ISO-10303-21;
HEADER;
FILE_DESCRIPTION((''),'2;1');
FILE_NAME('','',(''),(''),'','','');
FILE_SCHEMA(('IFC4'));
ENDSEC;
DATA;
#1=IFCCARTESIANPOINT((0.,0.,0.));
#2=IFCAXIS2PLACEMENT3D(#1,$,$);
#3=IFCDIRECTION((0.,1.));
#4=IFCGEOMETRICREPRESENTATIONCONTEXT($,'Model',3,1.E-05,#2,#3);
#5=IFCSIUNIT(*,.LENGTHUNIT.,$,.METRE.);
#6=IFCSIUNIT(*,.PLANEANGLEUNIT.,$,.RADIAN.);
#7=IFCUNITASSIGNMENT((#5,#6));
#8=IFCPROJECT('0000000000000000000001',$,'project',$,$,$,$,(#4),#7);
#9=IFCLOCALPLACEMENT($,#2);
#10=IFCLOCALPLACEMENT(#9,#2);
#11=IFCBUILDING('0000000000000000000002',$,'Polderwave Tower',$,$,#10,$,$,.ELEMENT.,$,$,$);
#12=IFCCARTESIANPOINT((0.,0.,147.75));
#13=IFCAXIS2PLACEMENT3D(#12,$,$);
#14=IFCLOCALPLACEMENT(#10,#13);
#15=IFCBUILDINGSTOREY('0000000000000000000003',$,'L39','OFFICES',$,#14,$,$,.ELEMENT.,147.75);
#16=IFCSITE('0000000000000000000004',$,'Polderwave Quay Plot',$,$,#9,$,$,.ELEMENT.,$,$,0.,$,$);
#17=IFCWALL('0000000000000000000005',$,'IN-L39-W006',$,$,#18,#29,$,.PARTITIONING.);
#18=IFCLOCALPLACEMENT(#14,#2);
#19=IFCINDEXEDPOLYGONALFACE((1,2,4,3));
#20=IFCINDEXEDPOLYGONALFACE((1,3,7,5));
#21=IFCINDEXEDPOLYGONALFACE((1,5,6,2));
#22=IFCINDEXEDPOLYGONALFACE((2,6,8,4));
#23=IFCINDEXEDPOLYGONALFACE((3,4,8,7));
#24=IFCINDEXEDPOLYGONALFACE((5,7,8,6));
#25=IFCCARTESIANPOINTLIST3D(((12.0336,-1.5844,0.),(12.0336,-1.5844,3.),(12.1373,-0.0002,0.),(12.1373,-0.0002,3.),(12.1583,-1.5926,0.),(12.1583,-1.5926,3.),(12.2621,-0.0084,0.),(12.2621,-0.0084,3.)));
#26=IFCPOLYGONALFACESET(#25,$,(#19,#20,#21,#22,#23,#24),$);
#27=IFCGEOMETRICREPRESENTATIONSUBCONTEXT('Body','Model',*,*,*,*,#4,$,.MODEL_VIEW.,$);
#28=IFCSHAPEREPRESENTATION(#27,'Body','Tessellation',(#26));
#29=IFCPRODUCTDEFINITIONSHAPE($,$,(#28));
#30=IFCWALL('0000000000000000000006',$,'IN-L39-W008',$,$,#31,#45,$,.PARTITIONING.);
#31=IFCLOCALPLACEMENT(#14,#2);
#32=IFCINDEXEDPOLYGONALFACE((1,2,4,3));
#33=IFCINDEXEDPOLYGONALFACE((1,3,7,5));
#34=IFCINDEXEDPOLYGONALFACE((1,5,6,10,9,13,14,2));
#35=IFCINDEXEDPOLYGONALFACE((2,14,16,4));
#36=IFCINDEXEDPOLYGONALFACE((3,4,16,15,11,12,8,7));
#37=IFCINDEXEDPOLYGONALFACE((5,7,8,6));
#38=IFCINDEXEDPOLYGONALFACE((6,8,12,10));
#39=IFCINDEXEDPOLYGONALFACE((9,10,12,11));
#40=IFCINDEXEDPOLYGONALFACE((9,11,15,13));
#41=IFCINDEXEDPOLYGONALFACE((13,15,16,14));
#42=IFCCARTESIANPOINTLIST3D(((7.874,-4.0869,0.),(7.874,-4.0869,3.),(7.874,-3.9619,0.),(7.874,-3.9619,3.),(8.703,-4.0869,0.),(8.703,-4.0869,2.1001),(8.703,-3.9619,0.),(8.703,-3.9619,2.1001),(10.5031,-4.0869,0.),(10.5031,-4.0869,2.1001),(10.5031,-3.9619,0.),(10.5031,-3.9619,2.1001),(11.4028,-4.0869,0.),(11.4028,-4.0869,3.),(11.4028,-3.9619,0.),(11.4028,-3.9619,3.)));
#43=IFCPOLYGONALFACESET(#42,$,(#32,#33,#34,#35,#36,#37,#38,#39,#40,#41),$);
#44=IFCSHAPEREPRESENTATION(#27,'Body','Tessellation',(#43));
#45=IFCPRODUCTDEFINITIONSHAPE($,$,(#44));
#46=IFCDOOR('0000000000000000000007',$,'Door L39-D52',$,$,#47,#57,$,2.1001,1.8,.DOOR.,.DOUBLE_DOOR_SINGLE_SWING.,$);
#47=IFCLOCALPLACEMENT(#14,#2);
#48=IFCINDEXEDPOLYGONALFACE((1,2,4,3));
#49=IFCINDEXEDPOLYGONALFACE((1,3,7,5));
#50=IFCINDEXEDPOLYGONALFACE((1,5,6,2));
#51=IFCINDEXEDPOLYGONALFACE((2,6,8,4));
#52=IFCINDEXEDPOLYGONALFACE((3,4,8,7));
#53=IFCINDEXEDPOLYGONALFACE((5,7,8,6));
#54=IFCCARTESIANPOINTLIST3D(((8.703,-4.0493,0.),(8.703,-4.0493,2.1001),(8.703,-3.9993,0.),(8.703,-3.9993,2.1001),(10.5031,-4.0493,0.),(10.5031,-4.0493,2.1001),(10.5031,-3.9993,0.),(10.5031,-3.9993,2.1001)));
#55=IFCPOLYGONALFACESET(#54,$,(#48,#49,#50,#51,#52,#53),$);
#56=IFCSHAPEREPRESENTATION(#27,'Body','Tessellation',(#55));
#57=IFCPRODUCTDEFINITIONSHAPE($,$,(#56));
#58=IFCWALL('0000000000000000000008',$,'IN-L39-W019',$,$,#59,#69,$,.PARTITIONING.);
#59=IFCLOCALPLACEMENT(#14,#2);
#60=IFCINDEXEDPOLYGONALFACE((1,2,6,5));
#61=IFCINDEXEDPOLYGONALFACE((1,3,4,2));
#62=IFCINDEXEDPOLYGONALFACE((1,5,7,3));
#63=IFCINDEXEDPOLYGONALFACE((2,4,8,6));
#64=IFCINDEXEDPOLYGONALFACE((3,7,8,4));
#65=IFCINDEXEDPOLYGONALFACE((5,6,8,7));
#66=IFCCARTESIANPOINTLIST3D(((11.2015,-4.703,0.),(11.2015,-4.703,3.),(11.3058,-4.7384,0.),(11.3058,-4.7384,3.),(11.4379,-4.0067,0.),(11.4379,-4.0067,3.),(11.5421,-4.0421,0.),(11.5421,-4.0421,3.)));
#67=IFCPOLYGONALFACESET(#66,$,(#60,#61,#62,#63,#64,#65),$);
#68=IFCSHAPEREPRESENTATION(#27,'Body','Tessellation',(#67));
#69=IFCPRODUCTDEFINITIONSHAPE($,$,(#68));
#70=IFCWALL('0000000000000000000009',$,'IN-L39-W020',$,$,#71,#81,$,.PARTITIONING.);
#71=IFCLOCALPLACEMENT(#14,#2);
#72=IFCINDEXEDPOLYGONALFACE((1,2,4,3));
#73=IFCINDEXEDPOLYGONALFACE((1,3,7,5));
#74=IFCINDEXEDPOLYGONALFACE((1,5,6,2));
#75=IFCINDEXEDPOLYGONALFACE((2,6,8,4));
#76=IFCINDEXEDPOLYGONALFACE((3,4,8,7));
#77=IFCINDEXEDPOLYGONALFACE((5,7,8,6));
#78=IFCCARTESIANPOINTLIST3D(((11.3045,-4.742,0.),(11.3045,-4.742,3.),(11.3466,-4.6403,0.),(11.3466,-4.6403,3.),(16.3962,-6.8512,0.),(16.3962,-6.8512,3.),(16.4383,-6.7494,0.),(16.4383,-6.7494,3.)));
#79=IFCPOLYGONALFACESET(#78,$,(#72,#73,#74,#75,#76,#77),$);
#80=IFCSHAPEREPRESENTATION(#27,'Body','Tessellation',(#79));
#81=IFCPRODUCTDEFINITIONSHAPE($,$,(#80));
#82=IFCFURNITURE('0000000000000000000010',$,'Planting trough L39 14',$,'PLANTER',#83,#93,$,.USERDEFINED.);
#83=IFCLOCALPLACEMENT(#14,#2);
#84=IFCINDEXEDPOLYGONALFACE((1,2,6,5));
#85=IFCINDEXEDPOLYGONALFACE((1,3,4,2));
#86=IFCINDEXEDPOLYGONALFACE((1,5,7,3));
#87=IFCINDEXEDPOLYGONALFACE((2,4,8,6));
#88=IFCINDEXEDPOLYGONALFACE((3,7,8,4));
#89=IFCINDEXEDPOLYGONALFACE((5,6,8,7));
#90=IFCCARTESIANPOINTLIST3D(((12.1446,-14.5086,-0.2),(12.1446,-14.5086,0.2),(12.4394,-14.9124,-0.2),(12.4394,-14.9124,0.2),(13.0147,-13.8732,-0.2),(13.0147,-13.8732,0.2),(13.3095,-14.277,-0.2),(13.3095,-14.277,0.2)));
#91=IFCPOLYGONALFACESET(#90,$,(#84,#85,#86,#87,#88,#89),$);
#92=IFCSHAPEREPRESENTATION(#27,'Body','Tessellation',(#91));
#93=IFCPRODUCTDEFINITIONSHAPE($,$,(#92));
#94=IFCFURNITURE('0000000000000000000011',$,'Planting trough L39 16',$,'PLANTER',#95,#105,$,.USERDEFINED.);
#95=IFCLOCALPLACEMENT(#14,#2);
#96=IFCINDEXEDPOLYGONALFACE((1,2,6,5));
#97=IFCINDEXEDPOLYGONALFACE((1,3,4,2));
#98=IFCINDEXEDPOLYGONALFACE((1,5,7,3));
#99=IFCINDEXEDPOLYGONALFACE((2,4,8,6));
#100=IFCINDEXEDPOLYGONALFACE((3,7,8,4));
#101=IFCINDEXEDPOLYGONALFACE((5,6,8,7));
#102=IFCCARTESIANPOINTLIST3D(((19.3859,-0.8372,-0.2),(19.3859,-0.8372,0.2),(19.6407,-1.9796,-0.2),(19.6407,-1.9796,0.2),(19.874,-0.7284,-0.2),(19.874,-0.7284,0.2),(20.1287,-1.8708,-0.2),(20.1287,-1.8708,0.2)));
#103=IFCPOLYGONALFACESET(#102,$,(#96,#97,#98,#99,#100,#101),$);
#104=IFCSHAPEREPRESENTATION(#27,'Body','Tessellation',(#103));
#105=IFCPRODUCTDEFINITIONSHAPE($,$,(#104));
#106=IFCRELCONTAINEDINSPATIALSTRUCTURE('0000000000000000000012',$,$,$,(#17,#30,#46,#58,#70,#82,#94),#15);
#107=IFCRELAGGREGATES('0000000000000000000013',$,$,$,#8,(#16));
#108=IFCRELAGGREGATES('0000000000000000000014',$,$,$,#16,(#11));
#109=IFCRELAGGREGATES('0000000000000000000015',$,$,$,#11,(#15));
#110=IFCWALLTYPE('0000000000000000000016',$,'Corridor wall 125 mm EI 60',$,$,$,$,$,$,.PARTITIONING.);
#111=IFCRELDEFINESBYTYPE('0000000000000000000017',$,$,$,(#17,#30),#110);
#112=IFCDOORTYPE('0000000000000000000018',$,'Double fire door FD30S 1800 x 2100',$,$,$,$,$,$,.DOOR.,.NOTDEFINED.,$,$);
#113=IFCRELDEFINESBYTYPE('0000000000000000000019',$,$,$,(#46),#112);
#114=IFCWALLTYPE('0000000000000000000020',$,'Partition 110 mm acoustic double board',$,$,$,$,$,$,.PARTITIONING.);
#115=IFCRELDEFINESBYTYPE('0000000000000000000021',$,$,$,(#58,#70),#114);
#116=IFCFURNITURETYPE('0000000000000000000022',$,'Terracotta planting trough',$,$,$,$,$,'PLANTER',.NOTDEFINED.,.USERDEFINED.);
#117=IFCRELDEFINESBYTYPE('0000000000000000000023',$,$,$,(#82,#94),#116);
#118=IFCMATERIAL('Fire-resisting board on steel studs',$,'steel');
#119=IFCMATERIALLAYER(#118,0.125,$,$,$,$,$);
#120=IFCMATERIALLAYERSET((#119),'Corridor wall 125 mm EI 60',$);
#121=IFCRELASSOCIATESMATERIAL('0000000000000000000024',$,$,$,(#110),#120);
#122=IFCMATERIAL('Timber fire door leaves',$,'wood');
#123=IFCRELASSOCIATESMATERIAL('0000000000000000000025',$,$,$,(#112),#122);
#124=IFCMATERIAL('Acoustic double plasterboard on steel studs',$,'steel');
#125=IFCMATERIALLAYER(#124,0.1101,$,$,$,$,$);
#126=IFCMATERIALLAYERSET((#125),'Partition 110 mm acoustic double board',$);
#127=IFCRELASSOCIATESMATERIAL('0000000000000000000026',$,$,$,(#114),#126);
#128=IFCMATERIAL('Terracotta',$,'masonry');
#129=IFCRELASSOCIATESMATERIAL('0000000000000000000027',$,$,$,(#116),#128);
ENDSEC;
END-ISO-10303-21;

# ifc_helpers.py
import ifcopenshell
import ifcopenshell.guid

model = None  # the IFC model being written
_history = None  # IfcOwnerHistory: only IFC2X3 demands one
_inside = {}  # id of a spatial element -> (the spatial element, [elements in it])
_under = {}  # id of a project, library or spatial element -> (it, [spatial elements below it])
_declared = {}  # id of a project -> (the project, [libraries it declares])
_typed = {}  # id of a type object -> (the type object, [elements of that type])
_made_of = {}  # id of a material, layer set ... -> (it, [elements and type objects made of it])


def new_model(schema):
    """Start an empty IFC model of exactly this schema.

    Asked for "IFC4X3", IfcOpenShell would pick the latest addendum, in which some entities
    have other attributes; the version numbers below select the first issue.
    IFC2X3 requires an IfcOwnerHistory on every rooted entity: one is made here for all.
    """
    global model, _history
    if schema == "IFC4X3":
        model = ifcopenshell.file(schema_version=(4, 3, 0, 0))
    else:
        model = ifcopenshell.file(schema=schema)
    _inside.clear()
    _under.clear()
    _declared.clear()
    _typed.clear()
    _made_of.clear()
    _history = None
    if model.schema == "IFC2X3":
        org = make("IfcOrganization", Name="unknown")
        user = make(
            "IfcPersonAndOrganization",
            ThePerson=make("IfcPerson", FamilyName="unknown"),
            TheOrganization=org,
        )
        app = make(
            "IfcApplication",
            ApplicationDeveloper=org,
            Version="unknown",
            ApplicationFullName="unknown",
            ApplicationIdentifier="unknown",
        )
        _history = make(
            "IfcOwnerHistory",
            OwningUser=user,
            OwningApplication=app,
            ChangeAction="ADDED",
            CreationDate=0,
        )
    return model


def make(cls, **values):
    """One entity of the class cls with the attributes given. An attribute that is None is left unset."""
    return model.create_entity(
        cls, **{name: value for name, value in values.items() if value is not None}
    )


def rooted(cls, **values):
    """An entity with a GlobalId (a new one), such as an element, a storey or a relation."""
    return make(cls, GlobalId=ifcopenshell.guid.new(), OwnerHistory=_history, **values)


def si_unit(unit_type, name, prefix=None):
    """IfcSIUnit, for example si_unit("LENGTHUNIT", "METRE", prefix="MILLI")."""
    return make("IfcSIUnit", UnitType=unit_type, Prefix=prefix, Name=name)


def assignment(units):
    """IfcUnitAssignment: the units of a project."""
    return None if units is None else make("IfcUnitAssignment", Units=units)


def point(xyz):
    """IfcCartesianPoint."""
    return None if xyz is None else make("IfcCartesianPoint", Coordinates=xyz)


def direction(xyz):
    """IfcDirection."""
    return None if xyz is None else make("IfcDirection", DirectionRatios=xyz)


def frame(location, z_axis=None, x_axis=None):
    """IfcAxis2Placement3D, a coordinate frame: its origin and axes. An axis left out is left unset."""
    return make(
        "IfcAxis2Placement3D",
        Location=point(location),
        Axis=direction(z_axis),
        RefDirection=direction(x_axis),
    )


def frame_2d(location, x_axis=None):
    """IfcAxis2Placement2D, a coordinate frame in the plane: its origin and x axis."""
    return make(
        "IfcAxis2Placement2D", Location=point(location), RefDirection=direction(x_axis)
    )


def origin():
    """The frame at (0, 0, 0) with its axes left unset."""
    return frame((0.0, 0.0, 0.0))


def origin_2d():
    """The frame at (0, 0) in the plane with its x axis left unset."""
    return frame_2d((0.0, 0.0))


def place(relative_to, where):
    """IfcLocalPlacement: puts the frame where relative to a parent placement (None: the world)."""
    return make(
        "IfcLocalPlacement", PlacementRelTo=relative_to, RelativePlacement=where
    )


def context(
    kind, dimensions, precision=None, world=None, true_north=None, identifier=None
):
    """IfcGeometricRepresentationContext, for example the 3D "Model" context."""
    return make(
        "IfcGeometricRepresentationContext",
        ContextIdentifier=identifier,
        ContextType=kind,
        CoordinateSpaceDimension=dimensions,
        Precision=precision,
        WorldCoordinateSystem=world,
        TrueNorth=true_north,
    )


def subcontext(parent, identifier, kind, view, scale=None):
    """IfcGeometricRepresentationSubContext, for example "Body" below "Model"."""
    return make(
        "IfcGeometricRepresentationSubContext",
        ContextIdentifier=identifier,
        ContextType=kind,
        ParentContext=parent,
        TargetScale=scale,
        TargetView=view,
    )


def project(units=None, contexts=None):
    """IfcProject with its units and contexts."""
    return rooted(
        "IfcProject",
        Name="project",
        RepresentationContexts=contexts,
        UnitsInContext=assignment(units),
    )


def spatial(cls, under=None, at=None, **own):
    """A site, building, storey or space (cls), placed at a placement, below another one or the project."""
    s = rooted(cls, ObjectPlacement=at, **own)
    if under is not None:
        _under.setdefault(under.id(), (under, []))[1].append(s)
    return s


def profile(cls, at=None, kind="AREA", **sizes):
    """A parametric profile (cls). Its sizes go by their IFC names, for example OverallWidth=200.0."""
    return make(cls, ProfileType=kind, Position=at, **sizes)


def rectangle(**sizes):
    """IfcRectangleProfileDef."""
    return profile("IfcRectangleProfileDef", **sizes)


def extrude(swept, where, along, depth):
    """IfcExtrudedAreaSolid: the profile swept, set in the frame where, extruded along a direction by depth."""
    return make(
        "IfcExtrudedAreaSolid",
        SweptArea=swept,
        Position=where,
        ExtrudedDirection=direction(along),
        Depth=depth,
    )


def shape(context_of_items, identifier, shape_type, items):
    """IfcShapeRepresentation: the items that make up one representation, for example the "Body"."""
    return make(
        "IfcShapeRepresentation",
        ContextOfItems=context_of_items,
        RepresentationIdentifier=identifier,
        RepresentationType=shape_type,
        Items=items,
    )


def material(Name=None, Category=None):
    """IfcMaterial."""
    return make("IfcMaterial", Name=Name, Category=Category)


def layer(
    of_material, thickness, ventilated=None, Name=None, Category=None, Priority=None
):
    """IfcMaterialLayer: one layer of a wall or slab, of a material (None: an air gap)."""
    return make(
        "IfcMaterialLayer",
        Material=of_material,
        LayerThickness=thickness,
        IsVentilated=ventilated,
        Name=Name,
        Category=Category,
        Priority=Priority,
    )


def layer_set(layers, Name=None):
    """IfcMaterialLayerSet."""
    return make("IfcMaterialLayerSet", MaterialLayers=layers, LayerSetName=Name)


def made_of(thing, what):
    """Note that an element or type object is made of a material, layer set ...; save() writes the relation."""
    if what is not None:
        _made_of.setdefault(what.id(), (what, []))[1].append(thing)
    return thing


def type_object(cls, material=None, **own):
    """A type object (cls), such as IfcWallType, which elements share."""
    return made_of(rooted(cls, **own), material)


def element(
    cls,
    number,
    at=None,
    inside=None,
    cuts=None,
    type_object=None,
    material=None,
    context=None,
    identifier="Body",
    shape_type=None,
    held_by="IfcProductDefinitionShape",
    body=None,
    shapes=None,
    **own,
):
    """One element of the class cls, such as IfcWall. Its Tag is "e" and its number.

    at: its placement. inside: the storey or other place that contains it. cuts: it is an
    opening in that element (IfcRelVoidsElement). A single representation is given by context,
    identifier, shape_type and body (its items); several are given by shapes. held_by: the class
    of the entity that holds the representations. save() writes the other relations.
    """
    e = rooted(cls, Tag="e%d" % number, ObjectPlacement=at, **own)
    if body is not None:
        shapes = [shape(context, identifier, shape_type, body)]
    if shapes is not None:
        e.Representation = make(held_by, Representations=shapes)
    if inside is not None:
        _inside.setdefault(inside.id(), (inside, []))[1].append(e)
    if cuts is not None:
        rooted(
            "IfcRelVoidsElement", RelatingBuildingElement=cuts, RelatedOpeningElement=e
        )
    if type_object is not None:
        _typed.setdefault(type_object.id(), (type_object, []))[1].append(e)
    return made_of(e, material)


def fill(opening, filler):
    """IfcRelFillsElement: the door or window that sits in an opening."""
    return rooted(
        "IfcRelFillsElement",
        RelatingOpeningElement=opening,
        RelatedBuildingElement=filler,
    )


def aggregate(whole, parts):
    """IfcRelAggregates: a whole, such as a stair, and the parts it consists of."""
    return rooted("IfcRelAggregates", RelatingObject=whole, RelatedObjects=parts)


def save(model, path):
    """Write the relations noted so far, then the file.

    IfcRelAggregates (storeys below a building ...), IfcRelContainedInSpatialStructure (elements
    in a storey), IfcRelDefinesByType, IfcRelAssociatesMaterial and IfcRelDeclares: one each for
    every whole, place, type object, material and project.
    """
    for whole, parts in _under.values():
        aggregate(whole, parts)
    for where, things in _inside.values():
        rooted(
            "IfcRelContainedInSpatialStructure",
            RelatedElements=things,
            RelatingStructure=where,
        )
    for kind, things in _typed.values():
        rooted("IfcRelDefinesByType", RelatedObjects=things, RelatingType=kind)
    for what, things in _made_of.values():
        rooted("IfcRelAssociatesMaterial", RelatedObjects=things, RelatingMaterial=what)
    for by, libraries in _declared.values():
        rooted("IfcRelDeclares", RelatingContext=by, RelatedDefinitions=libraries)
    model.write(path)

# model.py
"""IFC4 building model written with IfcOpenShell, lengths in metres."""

from ifc_helpers import new_model, si_unit, direction, frame, frame_2d, origin, origin_2d, place, context, subcontext, project, spatial, rectangle, extrude, material, layer, layer_set, type_object, element, fill, save


model = new_model("IFC4")

# Units and contexts
model_context = context("Model", 3, precision=1e-05, world=origin(), true_north=direction((0.0, 1.0)))
body_context = subcontext(model_context, "Body", "Model", "MODEL_VIEW")
ifc_project = project(units=[si_unit("LENGTHUNIT", "METRE"), si_unit("PLANEANGLEUNIT", "RADIAN")], contexts=[model_context])

# Site, building, storey
site_placement = place(None, origin())
site = spatial("IfcSite", under=ifc_project, at=site_placement, Name="Polderwave Quay Plot", CompositionType="ELEMENT", RefElevation=0.0)
building_placement = place(site_placement, origin())
building = spatial("IfcBuilding", under=site, at=building_placement, Name="Polderwave Tower", CompositionType="ELEMENT")
storey_placement = place(building_placement, frame((0.0, 0.0, 147.75)))
storey = spatial("IfcBuildingStorey", under=building, at=storey_placement, Name="L39", Description="OFFICES", CompositionType="ELEMENT", Elevation=147.75)

# Wall
ifc_material_1 = material(Name="Fire-resisting board on steel studs", Category="steel")
ifc_layer_1 = layer(ifc_material_1, 0.125)
ifc_layer_set_1 = layer_set([ifc_layer_1], Name="Corridor wall 125 mm EI 60")
wall_type_1 = type_object("IfcWallType", Name="Corridor wall 125 mm EI 60", PredefinedType="PARTITIONING", material=ifc_layer_set_1)
for number, where, z_axis, x_axis, name in (
    (1, (12.1997, -0.0042, 0.0), (0.0, 0.0, 1.0), (-0.065355, -0.997862, 0.0), "IN-L39-W006"),
):
    element("IfcWall", number, at=place(storey_placement, frame(where, z_axis=z_axis, x_axis=x_axis)), inside=storey, type_object=wall_type_1, Name=name, PredefinedType="PARTITIONING", context=body_context, shape_type="SweptSolid", body=[
        extrude(rectangle(XDim=1.5876, YDim=0.125, at=frame_2d((0.7939, 0.0))), origin(), (0.0, 0.0, 1.0), 3.0),
    ])

# Wall, opening, door
wall_1_placement = place(storey_placement, frame((11.4028, -4.0244, 0.0), z_axis=(0.0, 0.0, 1.0), x_axis=(-1.0, 0.0, 0.0)))
wall_1 = element("IfcWall", 2, at=wall_1_placement, inside=storey, type_object=wall_type_1, Name="IN-L39-W008", PredefinedType="PARTITIONING", context=body_context, shape_type="SweptSolid", body=[
    extrude(rectangle(XDim=3.5288, YDim=0.125, at=frame_2d((1.7644, 0.0))), origin(), (0.0, 0.0, 1.0), 3.0),
])
opening_placement = place(wall_1_placement, frame((0.8999, 0.0, 0.0)))
opening = element("IfcOpeningElement", 3, at=opening_placement, cuts=wall_1, PredefinedType="OPENING", context=body_context, shape_type="SweptSolid", body=[
    extrude(rectangle(XDim=1.8, YDim=2.1001, at=frame_2d((0.8999, 1.05))), frame((0.0, 0.0725, 0.0), z_axis=(0.0, -1.0, 0.0), x_axis=(1.0, 0.0, 0.0)), (0.0, 0.0, 1.0), 0.145),
])
ifc_material_2 = material(Name="Timber fire door leaves", Category="wood")
door_type = type_object("IfcDoorType", Name="Double fire door FD30S 1800 x 2100", OperationType="NOTDEFINED", PredefinedType="DOOR", material=ifc_material_2)
door_placement = place(opening_placement, origin())
door = element("IfcDoor", 4, at=door_placement, inside=storey, type_object=door_type, Name="Door L39-D52", OperationType="DOUBLE_DOOR_SINGLE_SWING", OverallHeight=2.1001, OverallWidth=1.8, PredefinedType="DOOR", context=body_context, shape_type="SweptSolid", body=[
    extrude(rectangle(XDim=1.8, YDim=2.1001, at=frame_2d((0.8999, 1.05))), frame((0.0, 0.0249, 0.0), z_axis=(0.0, -1.0, 0.0), x_axis=(1.0, 0.0, 0.0)), (0.0, 0.0, 1.0), 0.05),
])
fill(opening, door)

# Walls
ifc_material_3 = material(Name="Acoustic double plasterboard on steel studs", Category="steel")
ifc_layer_2 = layer(ifc_material_3, 0.1101)
ifc_layer_set_2 = layer_set([ifc_layer_2], Name="Partition 110 mm acoustic double board")
wall_type_2 = type_object("IfcWallType", Name="Partition 110 mm acoustic double board", PredefinedType="PARTITIONING", material=ifc_layer_set_2)
wall_2_placement = place(storey_placement, frame((11.2537, -4.7207, 0.0), z_axis=(0.0, 0.0, 1.0), x_axis=(0.321403, 0.946943, 0.0)))
element("IfcWall", 5, at=wall_2_placement, inside=storey, type_object=wall_type_2, Name="IN-L39-W019", PredefinedType="PARTITIONING", context=body_context, shape_type="SweptSolid", body=[
    extrude(rectangle(XDim=0.7354, YDim=0.1101, at=frame_2d((0.3677, 0.0))), origin(), (0.0, 0.0, 1.0), 3.0),
])
wall_3_placement = place(storey_placement, frame((16.4172, -6.8003, 0.0), z_axis=(0.0, 0.0, 1.0), x_axis=(-0.923871, 0.382705, 0.0)))
element("IfcWall", 6, at=wall_3_placement, inside=storey, type_object=wall_type_2, Name="IN-L39-W020", PredefinedType="PARTITIONING", context=body_context, shape_type="SweptSolid", body=[
    extrude(rectangle(XDim=5.5112, YDim=0.1101, at=frame_2d((2.7556, 0.0))), origin(), (0.0, 0.0, 1.0), 3.0),
])

# Furniture
ifc_material_4 = material(Name="Terracotta", Category="masonry")
furniture_type = type_object("IfcFurnitureType", Name="Terracotta planting trough", ElementType="PLANTER", AssemblyPlace="NOTDEFINED", PredefinedType="USERDEFINED", material=ifc_material_4)
furniture_1_placement = place(storey_placement, frame((12.7271, -14.3928, -0.2), z_axis=(0.0, 0.0, 1.0), x_axis=(0.807599, 0.589732, 0.0)))
element("IfcFurniture", 7, at=furniture_1_placement, inside=storey, type_object=furniture_type, Name="Planting trough L39 14", ObjectType="PLANTER", PredefinedType="USERDEFINED", context=body_context, shape_type="SweptSolid", body=[
    extrude(rectangle(XDim=1.0774, YDim=0.5, at=origin_2d()), origin(), (0.0, 0.0, 1.0), 0.3999),
])
furniture_2_placement = place(storey_placement, frame((19.7573, -1.354, -0.2), z_axis=(0.0, 0.0, 1.0), x_axis=(-0.217653, 0.976026, 0.0)))
element("IfcFurniture", 8, at=furniture_2_placement, inside=storey, type_object=furniture_type, Name="Planting trough L39 16", ObjectType="PLANTER", PredefinedType="USERDEFINED", context=body_context, shape_type="SweptSolid", body=[
    extrude(rectangle(XDim=1.1704, YDim=0.5, at=origin_2d()), origin(), (0.0, 0.0, 1.0), 0.3999),
])

save(model, "model.ifc")
